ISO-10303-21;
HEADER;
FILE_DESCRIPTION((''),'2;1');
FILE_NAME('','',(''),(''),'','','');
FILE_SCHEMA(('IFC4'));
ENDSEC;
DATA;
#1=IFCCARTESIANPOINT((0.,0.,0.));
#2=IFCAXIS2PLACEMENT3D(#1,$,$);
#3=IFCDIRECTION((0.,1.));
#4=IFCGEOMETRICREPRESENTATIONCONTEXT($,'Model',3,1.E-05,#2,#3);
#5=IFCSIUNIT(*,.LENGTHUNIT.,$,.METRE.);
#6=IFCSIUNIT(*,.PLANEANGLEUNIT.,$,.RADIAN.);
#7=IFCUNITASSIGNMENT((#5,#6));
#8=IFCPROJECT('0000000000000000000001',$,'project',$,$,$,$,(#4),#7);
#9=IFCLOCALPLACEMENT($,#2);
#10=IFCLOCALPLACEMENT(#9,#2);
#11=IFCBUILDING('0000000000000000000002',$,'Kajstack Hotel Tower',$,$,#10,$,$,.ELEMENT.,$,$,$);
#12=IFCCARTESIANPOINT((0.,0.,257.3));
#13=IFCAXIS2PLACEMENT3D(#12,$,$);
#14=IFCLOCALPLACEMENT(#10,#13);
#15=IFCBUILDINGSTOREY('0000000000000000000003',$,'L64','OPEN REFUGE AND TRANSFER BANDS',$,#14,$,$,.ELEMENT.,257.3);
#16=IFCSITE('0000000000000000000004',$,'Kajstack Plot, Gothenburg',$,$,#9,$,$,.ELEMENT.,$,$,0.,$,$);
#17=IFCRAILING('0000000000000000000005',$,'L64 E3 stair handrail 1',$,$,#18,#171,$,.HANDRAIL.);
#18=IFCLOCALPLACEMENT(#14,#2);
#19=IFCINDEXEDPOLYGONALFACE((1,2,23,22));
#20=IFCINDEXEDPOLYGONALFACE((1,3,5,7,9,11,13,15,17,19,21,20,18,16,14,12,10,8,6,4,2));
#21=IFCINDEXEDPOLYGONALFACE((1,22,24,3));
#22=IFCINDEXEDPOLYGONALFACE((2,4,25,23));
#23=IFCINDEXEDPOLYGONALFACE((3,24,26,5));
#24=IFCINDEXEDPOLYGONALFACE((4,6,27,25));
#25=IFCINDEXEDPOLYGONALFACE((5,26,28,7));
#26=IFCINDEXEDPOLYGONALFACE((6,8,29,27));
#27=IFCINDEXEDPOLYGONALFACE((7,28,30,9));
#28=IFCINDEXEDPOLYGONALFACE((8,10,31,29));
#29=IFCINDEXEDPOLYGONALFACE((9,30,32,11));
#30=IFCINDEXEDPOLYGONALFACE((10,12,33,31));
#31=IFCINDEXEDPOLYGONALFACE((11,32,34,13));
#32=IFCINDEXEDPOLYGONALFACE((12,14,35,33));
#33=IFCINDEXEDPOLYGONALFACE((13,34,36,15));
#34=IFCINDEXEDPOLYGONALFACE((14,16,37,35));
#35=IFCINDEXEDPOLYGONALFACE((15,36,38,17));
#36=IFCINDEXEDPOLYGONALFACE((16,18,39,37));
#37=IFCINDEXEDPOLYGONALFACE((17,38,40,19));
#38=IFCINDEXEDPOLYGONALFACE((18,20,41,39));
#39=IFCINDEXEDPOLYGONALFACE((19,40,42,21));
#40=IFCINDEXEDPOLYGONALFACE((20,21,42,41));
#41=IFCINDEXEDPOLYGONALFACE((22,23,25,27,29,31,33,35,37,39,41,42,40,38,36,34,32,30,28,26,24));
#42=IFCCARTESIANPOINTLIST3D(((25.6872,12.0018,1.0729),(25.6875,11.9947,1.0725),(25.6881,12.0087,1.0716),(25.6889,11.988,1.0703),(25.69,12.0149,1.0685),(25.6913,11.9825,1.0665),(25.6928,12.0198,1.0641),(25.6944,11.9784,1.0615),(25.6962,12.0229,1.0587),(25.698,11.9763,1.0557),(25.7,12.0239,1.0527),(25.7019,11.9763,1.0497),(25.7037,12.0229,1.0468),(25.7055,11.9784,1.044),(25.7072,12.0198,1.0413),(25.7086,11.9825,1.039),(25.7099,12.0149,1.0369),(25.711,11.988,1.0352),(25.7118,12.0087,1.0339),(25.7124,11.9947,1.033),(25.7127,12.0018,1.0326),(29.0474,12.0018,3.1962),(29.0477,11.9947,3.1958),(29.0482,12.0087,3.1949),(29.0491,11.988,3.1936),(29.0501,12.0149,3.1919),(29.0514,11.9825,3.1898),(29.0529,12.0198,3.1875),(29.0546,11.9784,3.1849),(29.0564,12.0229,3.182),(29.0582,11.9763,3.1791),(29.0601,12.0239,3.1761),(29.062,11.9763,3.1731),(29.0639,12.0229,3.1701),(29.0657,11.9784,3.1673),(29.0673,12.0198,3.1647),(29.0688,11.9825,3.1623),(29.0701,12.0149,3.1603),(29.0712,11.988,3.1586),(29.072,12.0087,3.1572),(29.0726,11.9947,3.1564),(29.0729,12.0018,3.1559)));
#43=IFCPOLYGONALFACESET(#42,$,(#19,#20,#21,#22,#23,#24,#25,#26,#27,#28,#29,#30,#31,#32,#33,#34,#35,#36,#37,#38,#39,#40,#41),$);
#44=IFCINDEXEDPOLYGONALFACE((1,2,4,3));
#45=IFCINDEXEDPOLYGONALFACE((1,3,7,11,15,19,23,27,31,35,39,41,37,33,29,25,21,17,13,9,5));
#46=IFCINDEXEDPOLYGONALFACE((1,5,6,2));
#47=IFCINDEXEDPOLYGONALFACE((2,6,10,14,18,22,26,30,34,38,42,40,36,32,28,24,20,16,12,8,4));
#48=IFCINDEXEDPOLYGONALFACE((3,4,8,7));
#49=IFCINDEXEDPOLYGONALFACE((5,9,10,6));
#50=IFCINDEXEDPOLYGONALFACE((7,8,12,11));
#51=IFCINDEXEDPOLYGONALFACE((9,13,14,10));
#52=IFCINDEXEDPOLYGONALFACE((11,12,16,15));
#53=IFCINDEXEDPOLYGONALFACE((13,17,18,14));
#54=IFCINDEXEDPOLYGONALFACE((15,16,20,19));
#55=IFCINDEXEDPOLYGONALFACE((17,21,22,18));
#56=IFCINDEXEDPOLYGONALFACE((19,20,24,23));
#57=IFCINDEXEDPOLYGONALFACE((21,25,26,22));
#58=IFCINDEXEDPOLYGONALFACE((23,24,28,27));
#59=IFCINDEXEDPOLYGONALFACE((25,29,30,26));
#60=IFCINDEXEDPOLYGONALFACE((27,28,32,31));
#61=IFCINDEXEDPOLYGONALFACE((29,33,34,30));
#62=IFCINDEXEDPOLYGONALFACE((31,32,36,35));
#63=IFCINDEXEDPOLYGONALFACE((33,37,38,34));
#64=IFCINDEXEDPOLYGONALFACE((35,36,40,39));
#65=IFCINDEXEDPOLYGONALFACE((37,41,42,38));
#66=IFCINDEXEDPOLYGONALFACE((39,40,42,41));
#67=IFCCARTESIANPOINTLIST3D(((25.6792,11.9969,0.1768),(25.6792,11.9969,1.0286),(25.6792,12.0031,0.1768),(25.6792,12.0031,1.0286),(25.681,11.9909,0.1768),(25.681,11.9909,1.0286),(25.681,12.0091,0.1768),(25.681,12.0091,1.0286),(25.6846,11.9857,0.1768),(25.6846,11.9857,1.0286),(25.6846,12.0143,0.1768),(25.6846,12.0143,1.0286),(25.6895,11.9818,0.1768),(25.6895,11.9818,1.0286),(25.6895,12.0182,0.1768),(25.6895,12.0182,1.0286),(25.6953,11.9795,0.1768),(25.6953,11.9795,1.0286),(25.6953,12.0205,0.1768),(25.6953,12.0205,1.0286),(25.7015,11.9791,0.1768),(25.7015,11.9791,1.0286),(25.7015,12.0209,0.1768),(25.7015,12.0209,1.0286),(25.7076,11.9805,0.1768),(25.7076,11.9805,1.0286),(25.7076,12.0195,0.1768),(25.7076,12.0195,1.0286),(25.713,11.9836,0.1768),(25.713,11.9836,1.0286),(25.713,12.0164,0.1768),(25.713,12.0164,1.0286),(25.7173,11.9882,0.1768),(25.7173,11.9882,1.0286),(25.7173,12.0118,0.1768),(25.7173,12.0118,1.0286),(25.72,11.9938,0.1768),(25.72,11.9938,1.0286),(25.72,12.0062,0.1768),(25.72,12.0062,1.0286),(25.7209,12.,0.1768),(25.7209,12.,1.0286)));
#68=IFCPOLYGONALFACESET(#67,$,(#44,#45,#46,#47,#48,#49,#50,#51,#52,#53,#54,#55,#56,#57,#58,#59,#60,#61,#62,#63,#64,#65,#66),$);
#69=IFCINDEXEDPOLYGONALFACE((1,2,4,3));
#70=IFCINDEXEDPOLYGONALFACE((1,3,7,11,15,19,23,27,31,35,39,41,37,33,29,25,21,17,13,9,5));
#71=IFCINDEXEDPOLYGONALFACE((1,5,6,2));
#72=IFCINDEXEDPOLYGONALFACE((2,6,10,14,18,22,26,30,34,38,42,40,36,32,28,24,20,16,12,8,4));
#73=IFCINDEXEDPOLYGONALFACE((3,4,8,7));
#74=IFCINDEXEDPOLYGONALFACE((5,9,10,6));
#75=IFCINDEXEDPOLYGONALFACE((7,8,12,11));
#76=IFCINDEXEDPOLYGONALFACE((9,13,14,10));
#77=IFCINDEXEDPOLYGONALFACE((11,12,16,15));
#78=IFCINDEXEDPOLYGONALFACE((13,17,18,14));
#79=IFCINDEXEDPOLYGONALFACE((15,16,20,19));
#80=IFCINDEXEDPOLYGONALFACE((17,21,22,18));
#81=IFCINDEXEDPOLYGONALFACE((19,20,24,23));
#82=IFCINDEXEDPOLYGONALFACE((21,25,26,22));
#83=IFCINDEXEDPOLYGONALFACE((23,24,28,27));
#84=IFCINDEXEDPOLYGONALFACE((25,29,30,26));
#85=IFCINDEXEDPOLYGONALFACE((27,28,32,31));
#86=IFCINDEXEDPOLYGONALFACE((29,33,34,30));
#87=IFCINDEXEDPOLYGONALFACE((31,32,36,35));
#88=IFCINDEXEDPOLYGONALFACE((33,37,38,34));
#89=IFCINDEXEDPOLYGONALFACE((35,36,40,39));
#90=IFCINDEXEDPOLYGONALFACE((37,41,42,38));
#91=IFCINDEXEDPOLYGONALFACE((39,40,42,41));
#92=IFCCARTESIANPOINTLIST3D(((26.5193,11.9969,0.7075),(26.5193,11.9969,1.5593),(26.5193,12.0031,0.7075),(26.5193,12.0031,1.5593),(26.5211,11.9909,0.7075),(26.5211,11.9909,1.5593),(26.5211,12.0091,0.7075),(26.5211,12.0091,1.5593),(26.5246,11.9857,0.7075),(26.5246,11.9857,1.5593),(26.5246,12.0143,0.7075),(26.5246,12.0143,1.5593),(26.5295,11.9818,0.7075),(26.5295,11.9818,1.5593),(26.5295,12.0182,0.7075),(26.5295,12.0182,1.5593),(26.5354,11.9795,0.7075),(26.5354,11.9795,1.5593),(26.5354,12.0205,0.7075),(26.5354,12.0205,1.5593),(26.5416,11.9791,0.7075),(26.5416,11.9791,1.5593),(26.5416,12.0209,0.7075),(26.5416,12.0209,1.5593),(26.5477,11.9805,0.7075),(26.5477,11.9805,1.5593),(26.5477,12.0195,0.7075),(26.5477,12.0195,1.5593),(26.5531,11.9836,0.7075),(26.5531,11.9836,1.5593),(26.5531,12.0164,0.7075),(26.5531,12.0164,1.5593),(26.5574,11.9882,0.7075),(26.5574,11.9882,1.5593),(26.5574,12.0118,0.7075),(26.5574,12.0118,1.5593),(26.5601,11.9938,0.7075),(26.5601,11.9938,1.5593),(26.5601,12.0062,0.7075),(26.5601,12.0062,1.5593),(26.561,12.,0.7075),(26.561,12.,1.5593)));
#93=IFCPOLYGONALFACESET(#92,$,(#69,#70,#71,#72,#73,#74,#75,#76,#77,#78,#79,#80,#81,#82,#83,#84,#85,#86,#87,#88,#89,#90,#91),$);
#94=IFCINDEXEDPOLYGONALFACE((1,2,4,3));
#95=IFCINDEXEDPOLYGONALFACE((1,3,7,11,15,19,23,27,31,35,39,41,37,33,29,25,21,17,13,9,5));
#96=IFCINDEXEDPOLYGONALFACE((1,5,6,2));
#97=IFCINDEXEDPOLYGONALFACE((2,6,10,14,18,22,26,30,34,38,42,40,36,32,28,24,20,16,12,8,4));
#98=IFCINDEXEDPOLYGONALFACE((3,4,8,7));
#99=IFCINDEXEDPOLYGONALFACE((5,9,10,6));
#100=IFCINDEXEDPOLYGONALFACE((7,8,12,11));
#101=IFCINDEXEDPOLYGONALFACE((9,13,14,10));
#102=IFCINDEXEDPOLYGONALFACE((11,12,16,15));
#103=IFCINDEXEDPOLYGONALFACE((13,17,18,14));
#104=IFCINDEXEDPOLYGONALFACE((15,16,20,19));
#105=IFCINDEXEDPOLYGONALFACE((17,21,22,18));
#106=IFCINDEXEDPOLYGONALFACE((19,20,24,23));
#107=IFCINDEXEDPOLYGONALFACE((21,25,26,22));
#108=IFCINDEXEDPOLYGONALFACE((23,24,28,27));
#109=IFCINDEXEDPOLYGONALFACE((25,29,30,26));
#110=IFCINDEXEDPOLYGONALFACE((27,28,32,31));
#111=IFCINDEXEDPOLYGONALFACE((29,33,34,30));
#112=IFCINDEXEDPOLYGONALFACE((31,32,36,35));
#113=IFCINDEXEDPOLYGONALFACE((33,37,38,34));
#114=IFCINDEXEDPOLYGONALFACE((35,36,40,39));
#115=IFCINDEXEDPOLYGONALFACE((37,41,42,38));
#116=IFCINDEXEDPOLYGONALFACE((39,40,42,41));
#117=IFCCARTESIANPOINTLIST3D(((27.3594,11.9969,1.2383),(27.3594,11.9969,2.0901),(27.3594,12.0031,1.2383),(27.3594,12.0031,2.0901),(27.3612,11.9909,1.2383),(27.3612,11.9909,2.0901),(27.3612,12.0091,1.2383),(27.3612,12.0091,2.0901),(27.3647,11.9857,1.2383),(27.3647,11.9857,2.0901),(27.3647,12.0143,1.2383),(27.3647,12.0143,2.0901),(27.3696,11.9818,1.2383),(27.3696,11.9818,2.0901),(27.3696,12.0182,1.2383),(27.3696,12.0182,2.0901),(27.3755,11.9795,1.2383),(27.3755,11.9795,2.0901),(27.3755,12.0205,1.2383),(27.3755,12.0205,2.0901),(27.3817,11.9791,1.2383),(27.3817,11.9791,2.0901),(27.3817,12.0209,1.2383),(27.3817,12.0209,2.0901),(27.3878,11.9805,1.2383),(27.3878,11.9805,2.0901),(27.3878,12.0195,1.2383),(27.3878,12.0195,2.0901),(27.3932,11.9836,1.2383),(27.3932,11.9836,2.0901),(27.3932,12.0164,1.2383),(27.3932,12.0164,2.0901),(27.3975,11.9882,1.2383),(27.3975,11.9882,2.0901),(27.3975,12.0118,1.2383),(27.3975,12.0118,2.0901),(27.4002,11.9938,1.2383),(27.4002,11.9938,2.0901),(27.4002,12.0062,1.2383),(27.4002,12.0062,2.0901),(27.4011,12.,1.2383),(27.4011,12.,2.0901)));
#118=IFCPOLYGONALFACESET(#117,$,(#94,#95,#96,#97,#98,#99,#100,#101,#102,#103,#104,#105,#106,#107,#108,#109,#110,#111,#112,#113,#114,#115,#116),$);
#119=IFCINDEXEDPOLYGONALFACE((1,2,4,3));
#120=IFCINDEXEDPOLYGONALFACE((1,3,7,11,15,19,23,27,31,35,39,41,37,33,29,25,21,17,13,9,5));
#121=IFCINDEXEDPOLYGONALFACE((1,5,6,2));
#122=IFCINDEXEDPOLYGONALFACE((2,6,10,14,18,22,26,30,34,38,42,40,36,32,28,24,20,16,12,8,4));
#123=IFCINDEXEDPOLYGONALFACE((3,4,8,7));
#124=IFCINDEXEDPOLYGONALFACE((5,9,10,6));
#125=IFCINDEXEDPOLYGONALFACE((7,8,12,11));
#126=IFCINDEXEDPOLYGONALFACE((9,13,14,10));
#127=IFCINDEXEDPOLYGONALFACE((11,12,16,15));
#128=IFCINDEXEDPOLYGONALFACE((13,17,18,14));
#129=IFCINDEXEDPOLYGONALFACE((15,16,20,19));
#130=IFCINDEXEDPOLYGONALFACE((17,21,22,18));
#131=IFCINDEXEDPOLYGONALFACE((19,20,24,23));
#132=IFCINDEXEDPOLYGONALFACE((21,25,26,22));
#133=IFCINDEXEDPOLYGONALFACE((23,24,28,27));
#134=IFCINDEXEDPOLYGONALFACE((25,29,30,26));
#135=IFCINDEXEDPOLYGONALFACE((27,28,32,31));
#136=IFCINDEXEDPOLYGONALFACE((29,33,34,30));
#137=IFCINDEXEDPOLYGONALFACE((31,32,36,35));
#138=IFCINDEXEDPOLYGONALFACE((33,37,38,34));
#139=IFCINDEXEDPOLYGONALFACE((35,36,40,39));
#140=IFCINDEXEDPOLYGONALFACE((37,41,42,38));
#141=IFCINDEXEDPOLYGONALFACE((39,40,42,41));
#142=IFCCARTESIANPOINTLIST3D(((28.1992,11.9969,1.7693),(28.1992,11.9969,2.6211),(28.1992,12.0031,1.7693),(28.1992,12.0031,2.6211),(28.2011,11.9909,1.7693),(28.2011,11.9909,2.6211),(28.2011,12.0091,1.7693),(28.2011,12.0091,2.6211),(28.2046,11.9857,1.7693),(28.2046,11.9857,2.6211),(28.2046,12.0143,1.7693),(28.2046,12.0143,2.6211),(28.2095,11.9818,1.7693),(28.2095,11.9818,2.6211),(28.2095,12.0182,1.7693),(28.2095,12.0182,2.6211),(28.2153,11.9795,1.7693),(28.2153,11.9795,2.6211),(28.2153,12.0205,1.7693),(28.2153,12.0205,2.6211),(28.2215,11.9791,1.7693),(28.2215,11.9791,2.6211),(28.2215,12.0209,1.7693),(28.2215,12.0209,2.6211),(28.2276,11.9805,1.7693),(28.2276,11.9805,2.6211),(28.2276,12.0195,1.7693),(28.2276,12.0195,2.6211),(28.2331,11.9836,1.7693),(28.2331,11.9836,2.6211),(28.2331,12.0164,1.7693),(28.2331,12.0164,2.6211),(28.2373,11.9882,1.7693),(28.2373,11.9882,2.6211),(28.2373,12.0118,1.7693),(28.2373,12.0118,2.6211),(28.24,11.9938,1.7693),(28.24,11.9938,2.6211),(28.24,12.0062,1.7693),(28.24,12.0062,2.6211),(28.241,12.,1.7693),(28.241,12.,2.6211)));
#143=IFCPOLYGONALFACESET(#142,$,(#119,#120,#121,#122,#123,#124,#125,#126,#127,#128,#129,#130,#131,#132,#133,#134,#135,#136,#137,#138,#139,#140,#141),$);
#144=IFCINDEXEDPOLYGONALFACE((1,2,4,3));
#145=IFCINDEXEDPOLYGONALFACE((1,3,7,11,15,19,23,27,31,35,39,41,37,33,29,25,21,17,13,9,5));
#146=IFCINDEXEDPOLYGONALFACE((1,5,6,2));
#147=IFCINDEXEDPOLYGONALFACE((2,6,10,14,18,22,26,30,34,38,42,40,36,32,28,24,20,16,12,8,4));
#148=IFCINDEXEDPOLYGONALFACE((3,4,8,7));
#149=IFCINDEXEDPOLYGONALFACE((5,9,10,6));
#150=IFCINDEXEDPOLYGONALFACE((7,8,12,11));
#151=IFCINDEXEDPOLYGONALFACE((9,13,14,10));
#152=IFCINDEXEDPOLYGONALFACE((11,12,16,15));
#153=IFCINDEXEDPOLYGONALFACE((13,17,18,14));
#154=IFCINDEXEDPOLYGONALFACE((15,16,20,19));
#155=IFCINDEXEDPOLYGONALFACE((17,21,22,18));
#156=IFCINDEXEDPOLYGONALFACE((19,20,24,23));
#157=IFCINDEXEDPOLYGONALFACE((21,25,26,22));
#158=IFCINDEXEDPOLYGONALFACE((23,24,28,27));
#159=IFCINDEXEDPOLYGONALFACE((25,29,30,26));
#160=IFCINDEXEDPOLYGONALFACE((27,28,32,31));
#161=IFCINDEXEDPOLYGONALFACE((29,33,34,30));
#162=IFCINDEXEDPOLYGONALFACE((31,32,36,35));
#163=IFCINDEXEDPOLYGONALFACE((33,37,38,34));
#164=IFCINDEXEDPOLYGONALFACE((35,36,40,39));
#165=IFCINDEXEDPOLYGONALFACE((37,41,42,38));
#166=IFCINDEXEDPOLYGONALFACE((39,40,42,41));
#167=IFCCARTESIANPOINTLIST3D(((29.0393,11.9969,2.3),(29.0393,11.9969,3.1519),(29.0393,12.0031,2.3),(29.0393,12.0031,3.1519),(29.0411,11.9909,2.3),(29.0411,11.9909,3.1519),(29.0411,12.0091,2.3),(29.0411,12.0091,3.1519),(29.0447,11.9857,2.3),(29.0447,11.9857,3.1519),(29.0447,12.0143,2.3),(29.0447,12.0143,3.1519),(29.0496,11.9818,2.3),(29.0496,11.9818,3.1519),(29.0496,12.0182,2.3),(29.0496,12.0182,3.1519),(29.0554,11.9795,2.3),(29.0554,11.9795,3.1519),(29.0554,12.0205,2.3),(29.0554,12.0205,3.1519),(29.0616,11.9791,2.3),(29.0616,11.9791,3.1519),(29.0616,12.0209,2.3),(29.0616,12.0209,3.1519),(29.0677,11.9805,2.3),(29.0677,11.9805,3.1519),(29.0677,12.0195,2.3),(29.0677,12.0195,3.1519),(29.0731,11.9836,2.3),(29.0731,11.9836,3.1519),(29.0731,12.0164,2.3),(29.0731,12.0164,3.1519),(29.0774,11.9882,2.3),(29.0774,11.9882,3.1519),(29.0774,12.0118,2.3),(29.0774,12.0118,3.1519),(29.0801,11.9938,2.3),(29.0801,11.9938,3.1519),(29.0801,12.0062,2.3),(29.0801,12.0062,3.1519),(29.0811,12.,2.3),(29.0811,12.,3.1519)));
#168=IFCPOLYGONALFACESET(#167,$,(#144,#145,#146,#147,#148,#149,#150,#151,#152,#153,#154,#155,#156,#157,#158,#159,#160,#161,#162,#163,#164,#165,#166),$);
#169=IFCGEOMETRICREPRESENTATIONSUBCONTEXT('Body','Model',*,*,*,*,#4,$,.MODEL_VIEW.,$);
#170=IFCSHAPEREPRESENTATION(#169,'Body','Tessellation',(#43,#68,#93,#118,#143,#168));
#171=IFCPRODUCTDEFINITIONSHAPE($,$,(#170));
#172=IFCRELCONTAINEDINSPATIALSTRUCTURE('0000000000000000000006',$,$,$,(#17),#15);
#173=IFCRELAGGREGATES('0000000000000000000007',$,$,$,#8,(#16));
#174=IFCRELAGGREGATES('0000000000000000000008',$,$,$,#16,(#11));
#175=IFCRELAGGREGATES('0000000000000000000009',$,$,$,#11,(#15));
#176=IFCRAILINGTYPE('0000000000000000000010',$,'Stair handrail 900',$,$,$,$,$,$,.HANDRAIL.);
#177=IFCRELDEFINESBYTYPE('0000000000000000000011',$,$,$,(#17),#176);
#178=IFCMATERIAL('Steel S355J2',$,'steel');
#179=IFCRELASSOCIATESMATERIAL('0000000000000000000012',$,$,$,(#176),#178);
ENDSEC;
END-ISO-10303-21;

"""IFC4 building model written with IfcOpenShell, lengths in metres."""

from ifc_helpers import new_model, si_unit, direction, frame, origin, origin_2d, place, context, subcontext, project, spatial, circle, extrude, material, type_object, element, save


model = new_model("IFC4")

# Units and contexts
model_context = context("Model", 3, precision=1e-05, world=origin(), true_north=direction((0.0, 1.0)))
body_context = subcontext(model_context, "Body", "Model", "MODEL_VIEW")
ifc_project = project(units=[si_unit("LENGTHUNIT", "METRE"), si_unit("PLANEANGLEUNIT", "RADIAN")], contexts=[model_context])

# Site, building, storey
site_placement = place(None, origin())
site = spatial("IfcSite", under=ifc_project, at=site_placement, Name="Kajstack Plot, Gothenburg", CompositionType="ELEMENT", RefElevation=0.0)
building_placement = place(site_placement, origin())
building = spatial("IfcBuilding", under=site, at=building_placement, Name="Kajstack Hotel Tower", CompositionType="ELEMENT")
storey_placement = place(building_placement, frame((0.0, 0.0, 257.3)))
storey = spatial("IfcBuildingStorey", under=building, at=storey_placement, Name="L64", Description="OPEN REFUGE AND TRANSFER BANDS", CompositionType="ELEMENT", Elevation=257.3)

# Railing
ifc_material_1 = material(Name="Steel S355J2", Category="steel")
railing_type_1 = type_object("IfcRailingType", Name="Stair handrail 900", PredefinedType="HANDRAIL", material=ifc_material_1)
railing_1_placement = place(storey_placement, frame((25.7, 12.0, 0.1768)))
element("IfcRailing", 1, at=railing_1_placement, inside=storey, type_object=railing_type_1, Name="L64 E3 stair handrail 1", PredefinedType="HANDRAIL", context=body_context, shape_type="SweptSolid", body=[
    extrude(circle(Radius=0.0239, at=origin_2d()), frame((0.0, 0.0, 0.876), z_axis=(0.845362, 0.0, 0.534194), x_axis=(0.0, 1.0, 0.0)), (0.0, 0.0, 1.0), 3.9749),
    extrude(circle(Radius=0.021, at=origin_2d()), origin(), (0.0, 0.0, 1.0), 0.8518),
    extrude(circle(Radius=0.021, at=origin_2d()), frame((0.8401, 0.0, 0.5308)), (0.0, 0.0, 1.0), 0.8518),
    extrude(circle(Radius=0.021, at=origin_2d()), frame((1.6802, 0.0, 1.0615)), (0.0, 0.0, 1.0), 0.8518),
    extrude(circle(Radius=0.021, at=origin_2d()), frame((2.52, 0.0, 1.5925)), (0.0, 0.0, 1.0), 0.8518),
    extrude(circle(Radius=0.021, at=origin_2d()), frame((3.3601, 0.0, 2.1233)), (0.0, 0.0, 1.0), 0.8518),
])

save(model, "model.ifc")
